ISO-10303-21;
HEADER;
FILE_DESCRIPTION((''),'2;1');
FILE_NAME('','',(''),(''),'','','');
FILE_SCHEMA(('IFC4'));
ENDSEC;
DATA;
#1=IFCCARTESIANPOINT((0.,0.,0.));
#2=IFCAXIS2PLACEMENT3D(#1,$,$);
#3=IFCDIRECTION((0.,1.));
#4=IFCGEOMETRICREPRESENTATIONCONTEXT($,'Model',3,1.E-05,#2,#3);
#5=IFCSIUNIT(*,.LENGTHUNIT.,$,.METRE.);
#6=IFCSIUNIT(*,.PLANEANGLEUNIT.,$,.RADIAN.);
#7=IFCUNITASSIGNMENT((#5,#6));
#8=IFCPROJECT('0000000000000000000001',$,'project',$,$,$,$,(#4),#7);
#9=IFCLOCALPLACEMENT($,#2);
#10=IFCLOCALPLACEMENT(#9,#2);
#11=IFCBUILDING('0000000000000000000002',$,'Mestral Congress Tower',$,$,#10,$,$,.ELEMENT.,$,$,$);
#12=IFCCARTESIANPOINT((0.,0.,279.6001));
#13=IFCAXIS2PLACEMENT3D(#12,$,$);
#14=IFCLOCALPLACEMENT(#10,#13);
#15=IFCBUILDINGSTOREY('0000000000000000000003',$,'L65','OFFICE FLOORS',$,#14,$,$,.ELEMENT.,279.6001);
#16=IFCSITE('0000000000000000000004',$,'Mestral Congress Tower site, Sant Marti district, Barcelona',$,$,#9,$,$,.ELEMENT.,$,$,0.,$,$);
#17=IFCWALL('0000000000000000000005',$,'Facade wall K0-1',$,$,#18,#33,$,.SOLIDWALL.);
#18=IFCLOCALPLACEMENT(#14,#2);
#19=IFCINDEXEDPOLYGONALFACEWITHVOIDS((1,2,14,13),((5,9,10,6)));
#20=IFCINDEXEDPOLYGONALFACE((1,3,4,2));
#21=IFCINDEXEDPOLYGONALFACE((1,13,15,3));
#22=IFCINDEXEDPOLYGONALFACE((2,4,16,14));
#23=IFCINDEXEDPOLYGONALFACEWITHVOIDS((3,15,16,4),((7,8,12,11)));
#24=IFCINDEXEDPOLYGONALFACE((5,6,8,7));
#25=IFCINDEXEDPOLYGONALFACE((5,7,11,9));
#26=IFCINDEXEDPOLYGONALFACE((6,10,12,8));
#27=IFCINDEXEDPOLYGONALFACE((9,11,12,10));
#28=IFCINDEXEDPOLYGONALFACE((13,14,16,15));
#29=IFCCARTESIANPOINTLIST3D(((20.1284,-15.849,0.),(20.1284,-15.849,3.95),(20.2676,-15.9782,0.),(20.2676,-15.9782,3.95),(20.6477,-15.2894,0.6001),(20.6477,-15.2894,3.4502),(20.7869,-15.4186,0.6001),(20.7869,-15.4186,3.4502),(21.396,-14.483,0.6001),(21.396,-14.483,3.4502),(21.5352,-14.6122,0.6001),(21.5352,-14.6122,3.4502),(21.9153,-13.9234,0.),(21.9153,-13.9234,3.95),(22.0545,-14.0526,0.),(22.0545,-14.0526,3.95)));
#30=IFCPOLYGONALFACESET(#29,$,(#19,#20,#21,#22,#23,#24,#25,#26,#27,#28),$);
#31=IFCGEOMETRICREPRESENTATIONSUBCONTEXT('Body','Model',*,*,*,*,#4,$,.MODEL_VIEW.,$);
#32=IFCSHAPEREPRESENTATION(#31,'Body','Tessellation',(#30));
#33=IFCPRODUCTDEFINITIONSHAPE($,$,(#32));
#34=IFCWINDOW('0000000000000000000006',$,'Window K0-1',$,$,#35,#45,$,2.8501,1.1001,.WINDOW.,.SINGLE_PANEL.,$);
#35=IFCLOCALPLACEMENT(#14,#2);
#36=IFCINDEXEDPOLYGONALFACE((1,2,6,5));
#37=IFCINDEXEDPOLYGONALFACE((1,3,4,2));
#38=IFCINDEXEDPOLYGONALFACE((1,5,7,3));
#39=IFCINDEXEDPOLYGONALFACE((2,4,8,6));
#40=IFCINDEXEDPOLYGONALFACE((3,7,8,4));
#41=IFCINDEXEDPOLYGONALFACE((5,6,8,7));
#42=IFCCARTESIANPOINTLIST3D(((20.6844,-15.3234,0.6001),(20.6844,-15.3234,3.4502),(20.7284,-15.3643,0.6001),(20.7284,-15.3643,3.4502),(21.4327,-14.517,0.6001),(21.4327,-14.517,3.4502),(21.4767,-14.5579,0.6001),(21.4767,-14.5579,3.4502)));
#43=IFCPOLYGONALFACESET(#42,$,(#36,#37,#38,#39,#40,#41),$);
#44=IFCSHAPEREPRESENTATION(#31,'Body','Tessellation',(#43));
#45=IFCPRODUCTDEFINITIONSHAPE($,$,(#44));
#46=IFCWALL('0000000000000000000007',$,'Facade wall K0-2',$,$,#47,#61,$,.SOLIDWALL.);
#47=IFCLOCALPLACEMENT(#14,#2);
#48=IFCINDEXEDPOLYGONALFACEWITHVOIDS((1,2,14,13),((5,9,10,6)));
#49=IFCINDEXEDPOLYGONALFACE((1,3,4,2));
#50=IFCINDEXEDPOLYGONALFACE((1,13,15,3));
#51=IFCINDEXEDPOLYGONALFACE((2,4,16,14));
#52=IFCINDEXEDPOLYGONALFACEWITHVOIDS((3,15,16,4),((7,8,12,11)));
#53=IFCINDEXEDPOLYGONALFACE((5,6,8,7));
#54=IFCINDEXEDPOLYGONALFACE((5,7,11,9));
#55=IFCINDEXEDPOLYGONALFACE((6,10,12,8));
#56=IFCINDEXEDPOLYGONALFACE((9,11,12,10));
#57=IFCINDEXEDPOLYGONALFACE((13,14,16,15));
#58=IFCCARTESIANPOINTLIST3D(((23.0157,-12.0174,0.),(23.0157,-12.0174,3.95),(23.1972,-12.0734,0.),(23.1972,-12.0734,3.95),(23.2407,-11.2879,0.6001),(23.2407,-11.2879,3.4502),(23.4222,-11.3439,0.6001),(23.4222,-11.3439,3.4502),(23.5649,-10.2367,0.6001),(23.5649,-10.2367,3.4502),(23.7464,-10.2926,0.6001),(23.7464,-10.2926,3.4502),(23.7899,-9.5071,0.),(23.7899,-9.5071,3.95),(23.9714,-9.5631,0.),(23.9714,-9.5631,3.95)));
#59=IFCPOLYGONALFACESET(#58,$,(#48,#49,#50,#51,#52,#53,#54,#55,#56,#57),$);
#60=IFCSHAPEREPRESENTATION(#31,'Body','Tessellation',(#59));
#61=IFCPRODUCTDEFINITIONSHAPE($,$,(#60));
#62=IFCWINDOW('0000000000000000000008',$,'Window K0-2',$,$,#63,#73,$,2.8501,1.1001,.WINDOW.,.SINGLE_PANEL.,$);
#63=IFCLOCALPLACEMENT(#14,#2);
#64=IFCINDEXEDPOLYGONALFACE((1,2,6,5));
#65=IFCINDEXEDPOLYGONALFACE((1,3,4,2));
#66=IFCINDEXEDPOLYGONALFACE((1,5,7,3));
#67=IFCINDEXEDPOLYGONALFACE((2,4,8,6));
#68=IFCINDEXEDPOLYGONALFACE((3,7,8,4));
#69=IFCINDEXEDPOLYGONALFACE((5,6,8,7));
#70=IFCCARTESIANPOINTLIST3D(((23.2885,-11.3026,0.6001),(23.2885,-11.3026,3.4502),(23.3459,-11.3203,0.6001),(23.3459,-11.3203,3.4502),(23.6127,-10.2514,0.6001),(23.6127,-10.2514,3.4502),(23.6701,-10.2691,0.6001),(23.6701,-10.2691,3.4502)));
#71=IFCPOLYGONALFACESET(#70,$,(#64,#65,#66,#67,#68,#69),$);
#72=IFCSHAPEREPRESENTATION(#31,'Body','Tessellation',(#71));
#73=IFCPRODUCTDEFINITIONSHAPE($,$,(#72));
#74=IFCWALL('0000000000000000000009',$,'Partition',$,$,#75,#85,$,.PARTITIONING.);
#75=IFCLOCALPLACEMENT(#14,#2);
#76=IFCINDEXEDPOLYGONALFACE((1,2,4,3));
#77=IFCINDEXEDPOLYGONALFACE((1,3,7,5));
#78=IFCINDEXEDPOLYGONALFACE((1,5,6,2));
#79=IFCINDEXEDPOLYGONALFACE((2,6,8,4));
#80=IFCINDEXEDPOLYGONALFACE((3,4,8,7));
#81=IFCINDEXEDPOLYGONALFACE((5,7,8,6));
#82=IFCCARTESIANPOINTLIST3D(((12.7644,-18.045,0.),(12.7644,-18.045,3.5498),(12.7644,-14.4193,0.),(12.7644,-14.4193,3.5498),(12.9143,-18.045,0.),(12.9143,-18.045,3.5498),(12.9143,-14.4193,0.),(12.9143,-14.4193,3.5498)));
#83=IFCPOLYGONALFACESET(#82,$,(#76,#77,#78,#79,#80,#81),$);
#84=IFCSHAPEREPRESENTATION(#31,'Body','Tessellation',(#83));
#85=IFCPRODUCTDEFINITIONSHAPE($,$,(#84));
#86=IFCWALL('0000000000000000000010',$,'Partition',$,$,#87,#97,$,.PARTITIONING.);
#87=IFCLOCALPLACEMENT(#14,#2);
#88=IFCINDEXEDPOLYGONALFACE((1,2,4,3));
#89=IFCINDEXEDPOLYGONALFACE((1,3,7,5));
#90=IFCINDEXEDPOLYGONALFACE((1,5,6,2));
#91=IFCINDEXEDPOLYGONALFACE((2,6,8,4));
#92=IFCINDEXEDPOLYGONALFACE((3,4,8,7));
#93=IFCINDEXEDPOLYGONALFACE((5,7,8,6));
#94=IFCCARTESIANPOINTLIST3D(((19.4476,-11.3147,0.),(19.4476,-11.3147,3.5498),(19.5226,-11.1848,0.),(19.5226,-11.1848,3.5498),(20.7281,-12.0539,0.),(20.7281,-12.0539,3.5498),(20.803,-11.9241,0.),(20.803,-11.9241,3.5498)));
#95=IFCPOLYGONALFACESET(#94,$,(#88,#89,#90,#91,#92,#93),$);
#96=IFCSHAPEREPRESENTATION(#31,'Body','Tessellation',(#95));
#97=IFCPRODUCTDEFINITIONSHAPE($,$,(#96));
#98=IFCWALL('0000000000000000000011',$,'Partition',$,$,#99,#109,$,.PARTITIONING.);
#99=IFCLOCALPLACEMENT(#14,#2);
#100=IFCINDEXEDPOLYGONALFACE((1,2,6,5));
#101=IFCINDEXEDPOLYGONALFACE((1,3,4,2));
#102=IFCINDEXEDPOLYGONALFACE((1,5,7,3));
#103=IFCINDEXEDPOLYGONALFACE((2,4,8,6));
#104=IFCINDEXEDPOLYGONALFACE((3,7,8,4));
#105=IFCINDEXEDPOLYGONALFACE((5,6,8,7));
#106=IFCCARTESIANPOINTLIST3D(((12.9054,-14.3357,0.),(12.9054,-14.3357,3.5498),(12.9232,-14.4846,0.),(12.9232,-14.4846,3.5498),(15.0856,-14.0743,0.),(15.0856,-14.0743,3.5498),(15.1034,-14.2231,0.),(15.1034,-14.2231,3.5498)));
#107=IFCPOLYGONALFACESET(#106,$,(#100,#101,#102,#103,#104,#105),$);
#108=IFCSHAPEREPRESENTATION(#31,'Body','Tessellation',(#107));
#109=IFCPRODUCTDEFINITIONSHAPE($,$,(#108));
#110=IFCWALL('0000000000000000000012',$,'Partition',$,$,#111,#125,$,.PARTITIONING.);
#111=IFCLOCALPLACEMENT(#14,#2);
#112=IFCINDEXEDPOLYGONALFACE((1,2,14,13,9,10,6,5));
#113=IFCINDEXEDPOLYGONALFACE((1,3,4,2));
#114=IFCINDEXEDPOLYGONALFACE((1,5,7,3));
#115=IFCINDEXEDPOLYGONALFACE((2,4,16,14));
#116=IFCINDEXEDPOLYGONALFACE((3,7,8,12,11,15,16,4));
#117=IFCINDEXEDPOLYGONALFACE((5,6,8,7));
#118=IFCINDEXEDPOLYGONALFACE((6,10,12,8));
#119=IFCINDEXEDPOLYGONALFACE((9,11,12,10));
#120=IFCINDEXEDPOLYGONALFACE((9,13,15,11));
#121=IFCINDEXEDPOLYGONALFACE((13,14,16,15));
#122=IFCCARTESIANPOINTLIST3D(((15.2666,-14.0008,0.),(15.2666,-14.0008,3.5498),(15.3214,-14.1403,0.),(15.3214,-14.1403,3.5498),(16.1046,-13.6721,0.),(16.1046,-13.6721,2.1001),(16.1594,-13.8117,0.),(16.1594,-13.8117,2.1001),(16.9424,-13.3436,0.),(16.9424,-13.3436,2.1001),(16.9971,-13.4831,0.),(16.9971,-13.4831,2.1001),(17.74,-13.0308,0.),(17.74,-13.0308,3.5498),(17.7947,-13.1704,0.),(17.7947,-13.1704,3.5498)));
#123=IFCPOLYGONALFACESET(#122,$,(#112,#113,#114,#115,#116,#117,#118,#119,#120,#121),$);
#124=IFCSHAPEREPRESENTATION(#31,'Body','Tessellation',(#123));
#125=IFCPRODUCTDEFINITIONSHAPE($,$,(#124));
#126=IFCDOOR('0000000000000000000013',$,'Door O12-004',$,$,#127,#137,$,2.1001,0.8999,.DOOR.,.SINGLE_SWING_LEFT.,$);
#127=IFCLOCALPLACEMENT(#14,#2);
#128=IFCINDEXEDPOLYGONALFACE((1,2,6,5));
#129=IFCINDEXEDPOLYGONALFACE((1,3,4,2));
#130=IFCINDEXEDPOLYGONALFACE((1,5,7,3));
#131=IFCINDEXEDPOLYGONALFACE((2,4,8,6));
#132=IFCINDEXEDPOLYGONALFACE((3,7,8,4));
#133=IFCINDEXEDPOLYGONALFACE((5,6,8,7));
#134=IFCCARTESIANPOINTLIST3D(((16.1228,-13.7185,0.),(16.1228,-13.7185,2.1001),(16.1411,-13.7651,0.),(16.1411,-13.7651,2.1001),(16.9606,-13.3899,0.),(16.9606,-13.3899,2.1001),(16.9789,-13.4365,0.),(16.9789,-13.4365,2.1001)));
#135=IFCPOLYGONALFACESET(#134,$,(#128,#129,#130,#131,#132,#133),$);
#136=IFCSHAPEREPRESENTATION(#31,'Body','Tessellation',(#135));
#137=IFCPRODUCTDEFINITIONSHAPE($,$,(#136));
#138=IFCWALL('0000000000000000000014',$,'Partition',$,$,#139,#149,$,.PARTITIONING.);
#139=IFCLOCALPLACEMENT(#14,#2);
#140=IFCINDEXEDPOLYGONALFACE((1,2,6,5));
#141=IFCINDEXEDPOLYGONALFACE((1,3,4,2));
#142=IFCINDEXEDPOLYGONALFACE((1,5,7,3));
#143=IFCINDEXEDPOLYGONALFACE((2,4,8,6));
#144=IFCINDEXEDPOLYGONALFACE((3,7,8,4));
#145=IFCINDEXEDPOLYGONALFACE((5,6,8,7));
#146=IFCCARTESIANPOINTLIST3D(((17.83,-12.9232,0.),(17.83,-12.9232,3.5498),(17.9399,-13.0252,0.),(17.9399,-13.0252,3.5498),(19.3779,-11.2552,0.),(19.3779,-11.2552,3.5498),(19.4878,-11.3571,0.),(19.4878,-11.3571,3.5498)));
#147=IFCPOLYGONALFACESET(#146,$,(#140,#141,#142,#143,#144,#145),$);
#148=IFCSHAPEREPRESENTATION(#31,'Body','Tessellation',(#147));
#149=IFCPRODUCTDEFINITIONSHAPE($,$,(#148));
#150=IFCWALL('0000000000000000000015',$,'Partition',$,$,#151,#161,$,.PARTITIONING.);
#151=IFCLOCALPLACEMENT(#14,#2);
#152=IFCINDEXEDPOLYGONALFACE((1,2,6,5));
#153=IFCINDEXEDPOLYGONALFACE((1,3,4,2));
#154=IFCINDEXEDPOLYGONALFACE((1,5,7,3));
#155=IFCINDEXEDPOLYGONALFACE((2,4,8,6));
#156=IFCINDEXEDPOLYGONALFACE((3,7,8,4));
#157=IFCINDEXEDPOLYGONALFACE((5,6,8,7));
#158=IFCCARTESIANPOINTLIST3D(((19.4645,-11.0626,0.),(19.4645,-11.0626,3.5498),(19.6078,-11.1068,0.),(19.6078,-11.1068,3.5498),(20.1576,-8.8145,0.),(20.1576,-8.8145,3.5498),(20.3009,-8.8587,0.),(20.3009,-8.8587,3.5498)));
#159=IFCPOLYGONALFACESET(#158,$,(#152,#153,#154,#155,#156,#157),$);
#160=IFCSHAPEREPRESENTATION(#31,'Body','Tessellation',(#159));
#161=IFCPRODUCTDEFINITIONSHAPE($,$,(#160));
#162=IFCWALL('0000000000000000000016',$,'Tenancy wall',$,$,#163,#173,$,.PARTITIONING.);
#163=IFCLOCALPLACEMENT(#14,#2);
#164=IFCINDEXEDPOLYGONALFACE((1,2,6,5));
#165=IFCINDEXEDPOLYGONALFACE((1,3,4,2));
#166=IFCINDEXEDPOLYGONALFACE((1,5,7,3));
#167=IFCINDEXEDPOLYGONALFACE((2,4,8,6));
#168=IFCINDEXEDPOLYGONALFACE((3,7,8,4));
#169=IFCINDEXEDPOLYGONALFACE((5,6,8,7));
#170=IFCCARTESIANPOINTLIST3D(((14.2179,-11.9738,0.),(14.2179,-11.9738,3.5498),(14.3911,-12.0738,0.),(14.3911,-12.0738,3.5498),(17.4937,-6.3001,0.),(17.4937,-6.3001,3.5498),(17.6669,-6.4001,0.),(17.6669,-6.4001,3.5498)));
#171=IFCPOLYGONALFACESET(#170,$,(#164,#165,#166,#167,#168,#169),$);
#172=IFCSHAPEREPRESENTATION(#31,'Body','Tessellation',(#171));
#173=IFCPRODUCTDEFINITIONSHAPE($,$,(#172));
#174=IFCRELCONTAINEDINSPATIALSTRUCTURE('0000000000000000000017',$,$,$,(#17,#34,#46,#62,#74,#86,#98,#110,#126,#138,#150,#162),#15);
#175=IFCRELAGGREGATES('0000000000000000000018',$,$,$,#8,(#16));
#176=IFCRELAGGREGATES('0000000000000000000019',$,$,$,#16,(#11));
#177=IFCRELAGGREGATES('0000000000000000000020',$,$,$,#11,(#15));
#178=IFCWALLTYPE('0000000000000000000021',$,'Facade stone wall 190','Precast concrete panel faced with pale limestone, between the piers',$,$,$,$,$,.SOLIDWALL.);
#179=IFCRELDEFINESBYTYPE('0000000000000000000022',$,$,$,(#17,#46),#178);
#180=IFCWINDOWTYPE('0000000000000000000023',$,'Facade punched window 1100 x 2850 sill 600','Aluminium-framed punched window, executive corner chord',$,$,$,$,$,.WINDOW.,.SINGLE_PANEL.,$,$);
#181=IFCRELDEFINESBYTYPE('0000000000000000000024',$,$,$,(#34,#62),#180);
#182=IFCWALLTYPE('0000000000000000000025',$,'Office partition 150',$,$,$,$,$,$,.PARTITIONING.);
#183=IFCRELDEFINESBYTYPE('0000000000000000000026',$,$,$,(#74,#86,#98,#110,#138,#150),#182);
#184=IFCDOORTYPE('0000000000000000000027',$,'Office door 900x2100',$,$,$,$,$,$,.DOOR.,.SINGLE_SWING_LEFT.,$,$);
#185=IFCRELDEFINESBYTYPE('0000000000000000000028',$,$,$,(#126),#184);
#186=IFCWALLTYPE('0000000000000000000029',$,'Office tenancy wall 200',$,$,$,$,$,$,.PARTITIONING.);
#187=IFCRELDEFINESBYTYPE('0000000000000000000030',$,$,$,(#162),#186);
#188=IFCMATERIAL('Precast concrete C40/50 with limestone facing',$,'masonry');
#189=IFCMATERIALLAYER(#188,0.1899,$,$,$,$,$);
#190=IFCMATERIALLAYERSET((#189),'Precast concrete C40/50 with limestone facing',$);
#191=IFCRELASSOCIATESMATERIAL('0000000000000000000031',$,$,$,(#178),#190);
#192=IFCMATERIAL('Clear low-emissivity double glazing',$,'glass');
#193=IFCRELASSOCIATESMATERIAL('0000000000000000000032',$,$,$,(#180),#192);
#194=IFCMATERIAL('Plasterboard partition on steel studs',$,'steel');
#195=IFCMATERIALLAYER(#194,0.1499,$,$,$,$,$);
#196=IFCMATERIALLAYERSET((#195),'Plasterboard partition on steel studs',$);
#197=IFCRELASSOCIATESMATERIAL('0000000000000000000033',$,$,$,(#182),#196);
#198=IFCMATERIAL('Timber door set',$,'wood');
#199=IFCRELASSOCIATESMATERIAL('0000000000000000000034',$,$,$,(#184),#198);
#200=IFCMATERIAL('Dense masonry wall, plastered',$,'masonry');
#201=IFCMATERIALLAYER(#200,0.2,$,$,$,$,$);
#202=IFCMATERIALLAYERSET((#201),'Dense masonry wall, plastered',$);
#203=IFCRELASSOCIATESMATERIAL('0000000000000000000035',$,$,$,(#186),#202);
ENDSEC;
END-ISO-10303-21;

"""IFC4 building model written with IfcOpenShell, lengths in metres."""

from ifc_helpers import new_model, si_unit, direction, frame, frame_2d, origin, place, context, subcontext, project, spatial, rectangle, extrude, material, layer, layer_set, type_object, element, fill, save


model = new_model("IFC4")

# Units and contexts
model_context = context("Model", 3, precision=1e-05, world=origin(), true_north=direction((0.0, 1.0)))
body_context = subcontext(model_context, "Body", "Model", "MODEL_VIEW")
ifc_project = project(units=[si_unit("LENGTHUNIT", "METRE"), si_unit("PLANEANGLEUNIT", "RADIAN")], contexts=[model_context])

# Site, building, storey
site_placement = place(None, origin())
site = spatial("IfcSite", under=ifc_project, at=site_placement, Name="Mestral Congress Tower site, Sant Marti district, Barcelona", CompositionType="ELEMENT", RefElevation=0.0)
building_placement = place(site_placement, origin())
building = spatial("IfcBuilding", under=site, at=building_placement, Name="Mestral Congress Tower", CompositionType="ELEMENT")
storey_placement = place(building_placement, frame((0.0, 0.0, 279.6001)))
storey = spatial("IfcBuildingStorey", under=building, at=storey_placement, Name="L65", Description="OFFICE FLOORS", CompositionType="ELEMENT", Elevation=279.6001)

# Walls, openings, windows
ifc_material_1 = material(Name="Precast concrete C40/50 with limestone facing", Category="masonry")
ifc_layer_1 = layer(ifc_material_1, 0.1899)
ifc_layer_set_1 = layer_set([ifc_layer_1], Name="Precast concrete C40/50 with limestone facing")
wall_type_1 = type_object("IfcWallType", Name="Facade stone wall 190", Description="Precast concrete panel faced with pale limestone, between the piers", PredefinedType="SOLIDWALL", material=ifc_layer_set_1)
ifc_material_2 = material(Name="Clear low-emissivity double glazing", Category="glass")
window_type = type_object("IfcWindowType", Name="Facade punched window 1100 x 2850 sill 600", Description="Aluminium-framed punched window, executive corner chord", PartitioningType="SINGLE_PANEL", PredefinedType="WINDOW", material=ifc_material_2)
wall_1_placement = place(storey_placement, frame((20.198, -15.9136, 0.0), z_axis=(0.0, 0.0, 1.0), x_axis=(0.680219, 0.733009, 0.0)))
wall_1 = element("IfcWall", 1, at=wall_1_placement, inside=storey, type_object=wall_type_1, Name="Facade wall K0-1", PredefinedType="SOLIDWALL", context=body_context, shape_type="SweptSolid", body=[
    extrude(rectangle(XDim=2.627, YDim=0.1899, at=frame_2d((1.3135, 0.0))), origin(), (0.0, 0.0, 1.0), 3.95),
])
opening_1_placement = place(wall_1_placement, frame((0.7634, 0.0, 0.6001)))
opening_1 = element("IfcOpeningElement", 2, at=opening_1_placement, cuts=wall_1, PredefinedType="OPENING", context=body_context, shape_type="SweptSolid", body=[
    extrude(rectangle(XDim=1.1001, YDim=2.8501, at=frame_2d((0.55, 1.425))), frame((0.0, 0.105, 0.0), z_axis=(0.0, -1.0, 0.0), x_axis=(1.0, 0.0, 0.0)), (0.0, 0.0, 1.0), 0.21),
])
window_1_placement = place(opening_1_placement, origin())
window_1 = element("IfcWindow", 3, at=window_1_placement, inside=storey, type_object=window_type, Name="Window K0-1", OverallHeight=2.8501, OverallWidth=1.1001, PartitioningType="SINGLE_PANEL", PredefinedType="WINDOW", context=body_context, shape_type="SweptSolid", body=[
    extrude(rectangle(XDim=1.1001, YDim=2.8501, at=frame_2d((0.55, 1.425))), frame((0.0, 0.0449, 0.0), z_axis=(0.0, -1.0, 0.0), x_axis=(1.0, 0.0, 0.0)), (0.0, 0.0, 1.0), 0.0601),
])
fill(opening_1, window_1)
wall_2_placement = place(storey_placement, frame((23.1064, -12.0454, 0.0), z_axis=(0.0, 0.0, 1.0), x_axis=(0.294706, 0.955588, 0.0)))
wall_2 = element("IfcWall", 4, at=wall_2_placement, inside=storey, type_object=wall_type_1, Name="Facade wall K0-2", PredefinedType="SOLIDWALL", context=body_context, shape_type="SweptSolid", body=[
    extrude(rectangle(XDim=2.627, YDim=0.1899, at=frame_2d((1.3135, 0.0))), origin(), (0.0, 0.0, 1.0), 3.95),
])
opening_2_placement = place(wall_2_placement, frame((0.7634, 0.0, 0.6001)))
opening_2 = element("IfcOpeningElement", 5, at=opening_2_placement, cuts=wall_2, PredefinedType="OPENING", context=body_context, shape_type="SweptSolid", body=[
    extrude(rectangle(XDim=1.1001, YDim=2.8501, at=frame_2d((0.55, 1.425))), frame((0.0, 0.105, 0.0), z_axis=(0.0, -1.0, 0.0), x_axis=(1.0, 0.0, 0.0)), (0.0, 0.0, 1.0), 0.21),
])
window_2_placement = place(opening_2_placement, origin())
window_2 = element("IfcWindow", 6, at=window_2_placement, inside=storey, type_object=window_type, Name="Window K0-2", OverallHeight=2.8501, OverallWidth=1.1001, PartitioningType="SINGLE_PANEL", PredefinedType="WINDOW", context=body_context, shape_type="SweptSolid", body=[
    extrude(rectangle(XDim=1.1001, YDim=2.8501, at=frame_2d((0.55, 1.425))), frame((0.0, 0.0449, 0.0), z_axis=(0.0, -1.0, 0.0), x_axis=(1.0, 0.0, 0.0)), (0.0, 0.0, 1.0), 0.0601),
])
fill(opening_2, window_2)

# Walls
ifc_material_3 = material(Name="Plasterboard partition on steel studs", Category="steel")
ifc_layer_2 = layer(ifc_material_3, 0.1499)
ifc_layer_set_2 = layer_set([ifc_layer_2], Name="Plasterboard partition on steel studs")
wall_type_2 = type_object("IfcWallType", Name="Office partition 150", PredefinedType="PARTITIONING", material=ifc_layer_set_2)
wall_3_placement = place(storey_placement, frame((12.8394, -14.4192, 0.0), z_axis=(0.0, 0.0, 1.0), x_axis=(0.0, -1.0, 0.0)))
element("IfcWall", 7, at=wall_3_placement, inside=storey, type_object=wall_type_2, Name="Partition", PredefinedType="PARTITIONING", context=body_context, shape_type="SweptSolid", body=[
    extrude(rectangle(XDim=3.6257, YDim=0.1499, at=frame_2d((1.813, 0.0))), origin(), (0.0, 0.0, 1.0), 3.5498),
])
wall_4_placement = place(storey_placement, frame((19.4851, -11.2498, 0.0), z_axis=(0.0, 0.0, 1.0), x_axis=(0.86604, -0.499975, 0.0)))
element("IfcWall", 8, at=wall_4_placement, inside=storey, type_object=wall_type_2, Name="Partition", PredefinedType="PARTITIONING", context=body_context, shape_type="SweptSolid", body=[
    extrude(rectangle(XDim=1.4785, YDim=0.1499, at=frame_2d((0.7393, 0.0))), origin(), (0.0, 0.0, 1.0), 3.5498),
])
wall_5_placement = place(storey_placement, frame((12.9143, -14.4102, 0.0), z_axis=(0.0, 0.0, 1.0), x_axis=(0.992885, 0.119079, 0.0)))
element("IfcWall", 9, at=wall_5_placement, inside=storey, type_object=wall_type_2, Name="Partition", PredefinedType="PARTITIONING", context=body_context, shape_type="SweptSolid", body=[
    extrude(rectangle(XDim=2.1958, YDim=0.1499, at=frame_2d((1.0979, 0.0))), origin(), (0.0, 0.0, 1.0), 3.5498),
])

# Wall, opening, door
wall_6_placement = place(storey_placement, frame((17.7673, -13.1006, 0.0), z_axis=(0.0, 0.0, 1.0), x_axis=(-0.930971, -0.365092, 0.0)))
wall_6 = element("IfcWall", 10, at=wall_6_placement, inside=storey, type_object=wall_type_2, Name="Partition", PredefinedType="PARTITIONING", context=body_context, shape_type="SweptSolid", body=[
    extrude(rectangle(XDim=2.6567, YDim=0.1499, at=frame_2d((1.3284, 0.0))), origin(), (0.0, 0.0, 1.0), 3.5498),
])
opening_3_placement = place(wall_6_placement, frame((0.8567, 0.0, 0.0)))
opening_3 = element("IfcOpeningElement", 11, at=opening_3_placement, cuts=wall_6, PredefinedType="OPENING", context=body_context, shape_type="SweptSolid", body=[
    extrude(rectangle(XDim=0.8999, YDim=2.1001, at=frame_2d((0.45, 1.05))), frame((0.0, 0.085, 0.0), z_axis=(0.0, -1.0, 0.0), x_axis=(1.0, 0.0, 0.0)), (0.0, 0.0, 1.0), 0.1699),
])
ifc_material_4 = material(Name="Timber door set", Category="wood")
door_type = type_object("IfcDoorType", Name="Office door 900x2100", OperationType="SINGLE_SWING_LEFT", PredefinedType="DOOR", material=ifc_material_4)
door_placement = place(opening_3_placement, origin())
door = element("IfcDoor", 12, at=door_placement, inside=storey, type_object=door_type, Name="Door O12-004", OperationType="SINGLE_SWING_LEFT", OverallHeight=2.1001, OverallWidth=0.8999, PredefinedType="DOOR", context=body_context, shape_type="SweptSolid", body=[
    extrude(rectangle(XDim=0.8999, YDim=2.1001, at=frame_2d((0.45, 1.05))), frame((0.0, 0.0249, 0.0), z_axis=(0.0, -1.0, 0.0), x_axis=(1.0, 0.0, 0.0)), (0.0, 0.0, 1.0), 0.05),
])
fill(opening_3, door)

# Walls
wall_7_placement = place(storey_placement, frame((17.885, -12.9741, 0.0), z_axis=(0.0, 0.0, 1.0), x_axis=(0.680221, 0.733007, 0.0)))
element("IfcWall", 13, at=wall_7_placement, inside=storey, type_object=wall_type_2, Name="Partition", PredefinedType="PARTITIONING", context=body_context, shape_type="SweptSolid", body=[
    extrude(rectangle(XDim=2.2756, YDim=0.1499, at=frame_2d((1.1377, 0.0))), origin(), (0.0, 0.0, 1.0), 3.5498),
])
wall_8_placement = place(storey_placement, frame((19.5361, -11.0847, 0.0), z_axis=(0.0, 0.0, 1.0), x_axis=(0.294633, 0.955611, 0.0)))
element("IfcWall", 14, at=wall_8_placement, inside=storey, type_object=wall_type_2, Name="Partition", PredefinedType="PARTITIONING", context=body_context, shape_type="SweptSolid", body=[
    extrude(rectangle(XDim=2.3525, YDim=0.1499, at=frame_2d((1.1763, 0.0))), origin(), (0.0, 0.0, 1.0), 3.5498),
])
ifc_material_5 = material(Name="Dense masonry wall, plastered", Category="masonry")
ifc_layer_3 = layer(ifc_material_5, 0.2)
ifc_layer_set_3 = layer_set([ifc_layer_3], Name="Dense masonry wall, plastered")
wall_type_3 = type_object("IfcWallType", Name="Office tenancy wall 200", PredefinedType="PARTITIONING", material=ifc_layer_set_3)
wall_9_placement = place(storey_placement, frame((14.3044, -12.0239, 0.0), z_axis=(0.0, 0.0, 1.0), x_axis=(0.500011, 0.866019, 0.0)))
element("IfcWall", 15, at=wall_9_placement, inside=storey, type_object=wall_type_3, Name="Tenancy wall", PredefinedType="PARTITIONING", context=body_context, shape_type="SweptSolid", body=[
    extrude(rectangle(XDim=6.5515, YDim=0.2, at=frame_2d((3.2759, 0.0))), origin(), (0.0, 0.0, 1.0), 3.5498),
])

save(model, "model.ifc")
